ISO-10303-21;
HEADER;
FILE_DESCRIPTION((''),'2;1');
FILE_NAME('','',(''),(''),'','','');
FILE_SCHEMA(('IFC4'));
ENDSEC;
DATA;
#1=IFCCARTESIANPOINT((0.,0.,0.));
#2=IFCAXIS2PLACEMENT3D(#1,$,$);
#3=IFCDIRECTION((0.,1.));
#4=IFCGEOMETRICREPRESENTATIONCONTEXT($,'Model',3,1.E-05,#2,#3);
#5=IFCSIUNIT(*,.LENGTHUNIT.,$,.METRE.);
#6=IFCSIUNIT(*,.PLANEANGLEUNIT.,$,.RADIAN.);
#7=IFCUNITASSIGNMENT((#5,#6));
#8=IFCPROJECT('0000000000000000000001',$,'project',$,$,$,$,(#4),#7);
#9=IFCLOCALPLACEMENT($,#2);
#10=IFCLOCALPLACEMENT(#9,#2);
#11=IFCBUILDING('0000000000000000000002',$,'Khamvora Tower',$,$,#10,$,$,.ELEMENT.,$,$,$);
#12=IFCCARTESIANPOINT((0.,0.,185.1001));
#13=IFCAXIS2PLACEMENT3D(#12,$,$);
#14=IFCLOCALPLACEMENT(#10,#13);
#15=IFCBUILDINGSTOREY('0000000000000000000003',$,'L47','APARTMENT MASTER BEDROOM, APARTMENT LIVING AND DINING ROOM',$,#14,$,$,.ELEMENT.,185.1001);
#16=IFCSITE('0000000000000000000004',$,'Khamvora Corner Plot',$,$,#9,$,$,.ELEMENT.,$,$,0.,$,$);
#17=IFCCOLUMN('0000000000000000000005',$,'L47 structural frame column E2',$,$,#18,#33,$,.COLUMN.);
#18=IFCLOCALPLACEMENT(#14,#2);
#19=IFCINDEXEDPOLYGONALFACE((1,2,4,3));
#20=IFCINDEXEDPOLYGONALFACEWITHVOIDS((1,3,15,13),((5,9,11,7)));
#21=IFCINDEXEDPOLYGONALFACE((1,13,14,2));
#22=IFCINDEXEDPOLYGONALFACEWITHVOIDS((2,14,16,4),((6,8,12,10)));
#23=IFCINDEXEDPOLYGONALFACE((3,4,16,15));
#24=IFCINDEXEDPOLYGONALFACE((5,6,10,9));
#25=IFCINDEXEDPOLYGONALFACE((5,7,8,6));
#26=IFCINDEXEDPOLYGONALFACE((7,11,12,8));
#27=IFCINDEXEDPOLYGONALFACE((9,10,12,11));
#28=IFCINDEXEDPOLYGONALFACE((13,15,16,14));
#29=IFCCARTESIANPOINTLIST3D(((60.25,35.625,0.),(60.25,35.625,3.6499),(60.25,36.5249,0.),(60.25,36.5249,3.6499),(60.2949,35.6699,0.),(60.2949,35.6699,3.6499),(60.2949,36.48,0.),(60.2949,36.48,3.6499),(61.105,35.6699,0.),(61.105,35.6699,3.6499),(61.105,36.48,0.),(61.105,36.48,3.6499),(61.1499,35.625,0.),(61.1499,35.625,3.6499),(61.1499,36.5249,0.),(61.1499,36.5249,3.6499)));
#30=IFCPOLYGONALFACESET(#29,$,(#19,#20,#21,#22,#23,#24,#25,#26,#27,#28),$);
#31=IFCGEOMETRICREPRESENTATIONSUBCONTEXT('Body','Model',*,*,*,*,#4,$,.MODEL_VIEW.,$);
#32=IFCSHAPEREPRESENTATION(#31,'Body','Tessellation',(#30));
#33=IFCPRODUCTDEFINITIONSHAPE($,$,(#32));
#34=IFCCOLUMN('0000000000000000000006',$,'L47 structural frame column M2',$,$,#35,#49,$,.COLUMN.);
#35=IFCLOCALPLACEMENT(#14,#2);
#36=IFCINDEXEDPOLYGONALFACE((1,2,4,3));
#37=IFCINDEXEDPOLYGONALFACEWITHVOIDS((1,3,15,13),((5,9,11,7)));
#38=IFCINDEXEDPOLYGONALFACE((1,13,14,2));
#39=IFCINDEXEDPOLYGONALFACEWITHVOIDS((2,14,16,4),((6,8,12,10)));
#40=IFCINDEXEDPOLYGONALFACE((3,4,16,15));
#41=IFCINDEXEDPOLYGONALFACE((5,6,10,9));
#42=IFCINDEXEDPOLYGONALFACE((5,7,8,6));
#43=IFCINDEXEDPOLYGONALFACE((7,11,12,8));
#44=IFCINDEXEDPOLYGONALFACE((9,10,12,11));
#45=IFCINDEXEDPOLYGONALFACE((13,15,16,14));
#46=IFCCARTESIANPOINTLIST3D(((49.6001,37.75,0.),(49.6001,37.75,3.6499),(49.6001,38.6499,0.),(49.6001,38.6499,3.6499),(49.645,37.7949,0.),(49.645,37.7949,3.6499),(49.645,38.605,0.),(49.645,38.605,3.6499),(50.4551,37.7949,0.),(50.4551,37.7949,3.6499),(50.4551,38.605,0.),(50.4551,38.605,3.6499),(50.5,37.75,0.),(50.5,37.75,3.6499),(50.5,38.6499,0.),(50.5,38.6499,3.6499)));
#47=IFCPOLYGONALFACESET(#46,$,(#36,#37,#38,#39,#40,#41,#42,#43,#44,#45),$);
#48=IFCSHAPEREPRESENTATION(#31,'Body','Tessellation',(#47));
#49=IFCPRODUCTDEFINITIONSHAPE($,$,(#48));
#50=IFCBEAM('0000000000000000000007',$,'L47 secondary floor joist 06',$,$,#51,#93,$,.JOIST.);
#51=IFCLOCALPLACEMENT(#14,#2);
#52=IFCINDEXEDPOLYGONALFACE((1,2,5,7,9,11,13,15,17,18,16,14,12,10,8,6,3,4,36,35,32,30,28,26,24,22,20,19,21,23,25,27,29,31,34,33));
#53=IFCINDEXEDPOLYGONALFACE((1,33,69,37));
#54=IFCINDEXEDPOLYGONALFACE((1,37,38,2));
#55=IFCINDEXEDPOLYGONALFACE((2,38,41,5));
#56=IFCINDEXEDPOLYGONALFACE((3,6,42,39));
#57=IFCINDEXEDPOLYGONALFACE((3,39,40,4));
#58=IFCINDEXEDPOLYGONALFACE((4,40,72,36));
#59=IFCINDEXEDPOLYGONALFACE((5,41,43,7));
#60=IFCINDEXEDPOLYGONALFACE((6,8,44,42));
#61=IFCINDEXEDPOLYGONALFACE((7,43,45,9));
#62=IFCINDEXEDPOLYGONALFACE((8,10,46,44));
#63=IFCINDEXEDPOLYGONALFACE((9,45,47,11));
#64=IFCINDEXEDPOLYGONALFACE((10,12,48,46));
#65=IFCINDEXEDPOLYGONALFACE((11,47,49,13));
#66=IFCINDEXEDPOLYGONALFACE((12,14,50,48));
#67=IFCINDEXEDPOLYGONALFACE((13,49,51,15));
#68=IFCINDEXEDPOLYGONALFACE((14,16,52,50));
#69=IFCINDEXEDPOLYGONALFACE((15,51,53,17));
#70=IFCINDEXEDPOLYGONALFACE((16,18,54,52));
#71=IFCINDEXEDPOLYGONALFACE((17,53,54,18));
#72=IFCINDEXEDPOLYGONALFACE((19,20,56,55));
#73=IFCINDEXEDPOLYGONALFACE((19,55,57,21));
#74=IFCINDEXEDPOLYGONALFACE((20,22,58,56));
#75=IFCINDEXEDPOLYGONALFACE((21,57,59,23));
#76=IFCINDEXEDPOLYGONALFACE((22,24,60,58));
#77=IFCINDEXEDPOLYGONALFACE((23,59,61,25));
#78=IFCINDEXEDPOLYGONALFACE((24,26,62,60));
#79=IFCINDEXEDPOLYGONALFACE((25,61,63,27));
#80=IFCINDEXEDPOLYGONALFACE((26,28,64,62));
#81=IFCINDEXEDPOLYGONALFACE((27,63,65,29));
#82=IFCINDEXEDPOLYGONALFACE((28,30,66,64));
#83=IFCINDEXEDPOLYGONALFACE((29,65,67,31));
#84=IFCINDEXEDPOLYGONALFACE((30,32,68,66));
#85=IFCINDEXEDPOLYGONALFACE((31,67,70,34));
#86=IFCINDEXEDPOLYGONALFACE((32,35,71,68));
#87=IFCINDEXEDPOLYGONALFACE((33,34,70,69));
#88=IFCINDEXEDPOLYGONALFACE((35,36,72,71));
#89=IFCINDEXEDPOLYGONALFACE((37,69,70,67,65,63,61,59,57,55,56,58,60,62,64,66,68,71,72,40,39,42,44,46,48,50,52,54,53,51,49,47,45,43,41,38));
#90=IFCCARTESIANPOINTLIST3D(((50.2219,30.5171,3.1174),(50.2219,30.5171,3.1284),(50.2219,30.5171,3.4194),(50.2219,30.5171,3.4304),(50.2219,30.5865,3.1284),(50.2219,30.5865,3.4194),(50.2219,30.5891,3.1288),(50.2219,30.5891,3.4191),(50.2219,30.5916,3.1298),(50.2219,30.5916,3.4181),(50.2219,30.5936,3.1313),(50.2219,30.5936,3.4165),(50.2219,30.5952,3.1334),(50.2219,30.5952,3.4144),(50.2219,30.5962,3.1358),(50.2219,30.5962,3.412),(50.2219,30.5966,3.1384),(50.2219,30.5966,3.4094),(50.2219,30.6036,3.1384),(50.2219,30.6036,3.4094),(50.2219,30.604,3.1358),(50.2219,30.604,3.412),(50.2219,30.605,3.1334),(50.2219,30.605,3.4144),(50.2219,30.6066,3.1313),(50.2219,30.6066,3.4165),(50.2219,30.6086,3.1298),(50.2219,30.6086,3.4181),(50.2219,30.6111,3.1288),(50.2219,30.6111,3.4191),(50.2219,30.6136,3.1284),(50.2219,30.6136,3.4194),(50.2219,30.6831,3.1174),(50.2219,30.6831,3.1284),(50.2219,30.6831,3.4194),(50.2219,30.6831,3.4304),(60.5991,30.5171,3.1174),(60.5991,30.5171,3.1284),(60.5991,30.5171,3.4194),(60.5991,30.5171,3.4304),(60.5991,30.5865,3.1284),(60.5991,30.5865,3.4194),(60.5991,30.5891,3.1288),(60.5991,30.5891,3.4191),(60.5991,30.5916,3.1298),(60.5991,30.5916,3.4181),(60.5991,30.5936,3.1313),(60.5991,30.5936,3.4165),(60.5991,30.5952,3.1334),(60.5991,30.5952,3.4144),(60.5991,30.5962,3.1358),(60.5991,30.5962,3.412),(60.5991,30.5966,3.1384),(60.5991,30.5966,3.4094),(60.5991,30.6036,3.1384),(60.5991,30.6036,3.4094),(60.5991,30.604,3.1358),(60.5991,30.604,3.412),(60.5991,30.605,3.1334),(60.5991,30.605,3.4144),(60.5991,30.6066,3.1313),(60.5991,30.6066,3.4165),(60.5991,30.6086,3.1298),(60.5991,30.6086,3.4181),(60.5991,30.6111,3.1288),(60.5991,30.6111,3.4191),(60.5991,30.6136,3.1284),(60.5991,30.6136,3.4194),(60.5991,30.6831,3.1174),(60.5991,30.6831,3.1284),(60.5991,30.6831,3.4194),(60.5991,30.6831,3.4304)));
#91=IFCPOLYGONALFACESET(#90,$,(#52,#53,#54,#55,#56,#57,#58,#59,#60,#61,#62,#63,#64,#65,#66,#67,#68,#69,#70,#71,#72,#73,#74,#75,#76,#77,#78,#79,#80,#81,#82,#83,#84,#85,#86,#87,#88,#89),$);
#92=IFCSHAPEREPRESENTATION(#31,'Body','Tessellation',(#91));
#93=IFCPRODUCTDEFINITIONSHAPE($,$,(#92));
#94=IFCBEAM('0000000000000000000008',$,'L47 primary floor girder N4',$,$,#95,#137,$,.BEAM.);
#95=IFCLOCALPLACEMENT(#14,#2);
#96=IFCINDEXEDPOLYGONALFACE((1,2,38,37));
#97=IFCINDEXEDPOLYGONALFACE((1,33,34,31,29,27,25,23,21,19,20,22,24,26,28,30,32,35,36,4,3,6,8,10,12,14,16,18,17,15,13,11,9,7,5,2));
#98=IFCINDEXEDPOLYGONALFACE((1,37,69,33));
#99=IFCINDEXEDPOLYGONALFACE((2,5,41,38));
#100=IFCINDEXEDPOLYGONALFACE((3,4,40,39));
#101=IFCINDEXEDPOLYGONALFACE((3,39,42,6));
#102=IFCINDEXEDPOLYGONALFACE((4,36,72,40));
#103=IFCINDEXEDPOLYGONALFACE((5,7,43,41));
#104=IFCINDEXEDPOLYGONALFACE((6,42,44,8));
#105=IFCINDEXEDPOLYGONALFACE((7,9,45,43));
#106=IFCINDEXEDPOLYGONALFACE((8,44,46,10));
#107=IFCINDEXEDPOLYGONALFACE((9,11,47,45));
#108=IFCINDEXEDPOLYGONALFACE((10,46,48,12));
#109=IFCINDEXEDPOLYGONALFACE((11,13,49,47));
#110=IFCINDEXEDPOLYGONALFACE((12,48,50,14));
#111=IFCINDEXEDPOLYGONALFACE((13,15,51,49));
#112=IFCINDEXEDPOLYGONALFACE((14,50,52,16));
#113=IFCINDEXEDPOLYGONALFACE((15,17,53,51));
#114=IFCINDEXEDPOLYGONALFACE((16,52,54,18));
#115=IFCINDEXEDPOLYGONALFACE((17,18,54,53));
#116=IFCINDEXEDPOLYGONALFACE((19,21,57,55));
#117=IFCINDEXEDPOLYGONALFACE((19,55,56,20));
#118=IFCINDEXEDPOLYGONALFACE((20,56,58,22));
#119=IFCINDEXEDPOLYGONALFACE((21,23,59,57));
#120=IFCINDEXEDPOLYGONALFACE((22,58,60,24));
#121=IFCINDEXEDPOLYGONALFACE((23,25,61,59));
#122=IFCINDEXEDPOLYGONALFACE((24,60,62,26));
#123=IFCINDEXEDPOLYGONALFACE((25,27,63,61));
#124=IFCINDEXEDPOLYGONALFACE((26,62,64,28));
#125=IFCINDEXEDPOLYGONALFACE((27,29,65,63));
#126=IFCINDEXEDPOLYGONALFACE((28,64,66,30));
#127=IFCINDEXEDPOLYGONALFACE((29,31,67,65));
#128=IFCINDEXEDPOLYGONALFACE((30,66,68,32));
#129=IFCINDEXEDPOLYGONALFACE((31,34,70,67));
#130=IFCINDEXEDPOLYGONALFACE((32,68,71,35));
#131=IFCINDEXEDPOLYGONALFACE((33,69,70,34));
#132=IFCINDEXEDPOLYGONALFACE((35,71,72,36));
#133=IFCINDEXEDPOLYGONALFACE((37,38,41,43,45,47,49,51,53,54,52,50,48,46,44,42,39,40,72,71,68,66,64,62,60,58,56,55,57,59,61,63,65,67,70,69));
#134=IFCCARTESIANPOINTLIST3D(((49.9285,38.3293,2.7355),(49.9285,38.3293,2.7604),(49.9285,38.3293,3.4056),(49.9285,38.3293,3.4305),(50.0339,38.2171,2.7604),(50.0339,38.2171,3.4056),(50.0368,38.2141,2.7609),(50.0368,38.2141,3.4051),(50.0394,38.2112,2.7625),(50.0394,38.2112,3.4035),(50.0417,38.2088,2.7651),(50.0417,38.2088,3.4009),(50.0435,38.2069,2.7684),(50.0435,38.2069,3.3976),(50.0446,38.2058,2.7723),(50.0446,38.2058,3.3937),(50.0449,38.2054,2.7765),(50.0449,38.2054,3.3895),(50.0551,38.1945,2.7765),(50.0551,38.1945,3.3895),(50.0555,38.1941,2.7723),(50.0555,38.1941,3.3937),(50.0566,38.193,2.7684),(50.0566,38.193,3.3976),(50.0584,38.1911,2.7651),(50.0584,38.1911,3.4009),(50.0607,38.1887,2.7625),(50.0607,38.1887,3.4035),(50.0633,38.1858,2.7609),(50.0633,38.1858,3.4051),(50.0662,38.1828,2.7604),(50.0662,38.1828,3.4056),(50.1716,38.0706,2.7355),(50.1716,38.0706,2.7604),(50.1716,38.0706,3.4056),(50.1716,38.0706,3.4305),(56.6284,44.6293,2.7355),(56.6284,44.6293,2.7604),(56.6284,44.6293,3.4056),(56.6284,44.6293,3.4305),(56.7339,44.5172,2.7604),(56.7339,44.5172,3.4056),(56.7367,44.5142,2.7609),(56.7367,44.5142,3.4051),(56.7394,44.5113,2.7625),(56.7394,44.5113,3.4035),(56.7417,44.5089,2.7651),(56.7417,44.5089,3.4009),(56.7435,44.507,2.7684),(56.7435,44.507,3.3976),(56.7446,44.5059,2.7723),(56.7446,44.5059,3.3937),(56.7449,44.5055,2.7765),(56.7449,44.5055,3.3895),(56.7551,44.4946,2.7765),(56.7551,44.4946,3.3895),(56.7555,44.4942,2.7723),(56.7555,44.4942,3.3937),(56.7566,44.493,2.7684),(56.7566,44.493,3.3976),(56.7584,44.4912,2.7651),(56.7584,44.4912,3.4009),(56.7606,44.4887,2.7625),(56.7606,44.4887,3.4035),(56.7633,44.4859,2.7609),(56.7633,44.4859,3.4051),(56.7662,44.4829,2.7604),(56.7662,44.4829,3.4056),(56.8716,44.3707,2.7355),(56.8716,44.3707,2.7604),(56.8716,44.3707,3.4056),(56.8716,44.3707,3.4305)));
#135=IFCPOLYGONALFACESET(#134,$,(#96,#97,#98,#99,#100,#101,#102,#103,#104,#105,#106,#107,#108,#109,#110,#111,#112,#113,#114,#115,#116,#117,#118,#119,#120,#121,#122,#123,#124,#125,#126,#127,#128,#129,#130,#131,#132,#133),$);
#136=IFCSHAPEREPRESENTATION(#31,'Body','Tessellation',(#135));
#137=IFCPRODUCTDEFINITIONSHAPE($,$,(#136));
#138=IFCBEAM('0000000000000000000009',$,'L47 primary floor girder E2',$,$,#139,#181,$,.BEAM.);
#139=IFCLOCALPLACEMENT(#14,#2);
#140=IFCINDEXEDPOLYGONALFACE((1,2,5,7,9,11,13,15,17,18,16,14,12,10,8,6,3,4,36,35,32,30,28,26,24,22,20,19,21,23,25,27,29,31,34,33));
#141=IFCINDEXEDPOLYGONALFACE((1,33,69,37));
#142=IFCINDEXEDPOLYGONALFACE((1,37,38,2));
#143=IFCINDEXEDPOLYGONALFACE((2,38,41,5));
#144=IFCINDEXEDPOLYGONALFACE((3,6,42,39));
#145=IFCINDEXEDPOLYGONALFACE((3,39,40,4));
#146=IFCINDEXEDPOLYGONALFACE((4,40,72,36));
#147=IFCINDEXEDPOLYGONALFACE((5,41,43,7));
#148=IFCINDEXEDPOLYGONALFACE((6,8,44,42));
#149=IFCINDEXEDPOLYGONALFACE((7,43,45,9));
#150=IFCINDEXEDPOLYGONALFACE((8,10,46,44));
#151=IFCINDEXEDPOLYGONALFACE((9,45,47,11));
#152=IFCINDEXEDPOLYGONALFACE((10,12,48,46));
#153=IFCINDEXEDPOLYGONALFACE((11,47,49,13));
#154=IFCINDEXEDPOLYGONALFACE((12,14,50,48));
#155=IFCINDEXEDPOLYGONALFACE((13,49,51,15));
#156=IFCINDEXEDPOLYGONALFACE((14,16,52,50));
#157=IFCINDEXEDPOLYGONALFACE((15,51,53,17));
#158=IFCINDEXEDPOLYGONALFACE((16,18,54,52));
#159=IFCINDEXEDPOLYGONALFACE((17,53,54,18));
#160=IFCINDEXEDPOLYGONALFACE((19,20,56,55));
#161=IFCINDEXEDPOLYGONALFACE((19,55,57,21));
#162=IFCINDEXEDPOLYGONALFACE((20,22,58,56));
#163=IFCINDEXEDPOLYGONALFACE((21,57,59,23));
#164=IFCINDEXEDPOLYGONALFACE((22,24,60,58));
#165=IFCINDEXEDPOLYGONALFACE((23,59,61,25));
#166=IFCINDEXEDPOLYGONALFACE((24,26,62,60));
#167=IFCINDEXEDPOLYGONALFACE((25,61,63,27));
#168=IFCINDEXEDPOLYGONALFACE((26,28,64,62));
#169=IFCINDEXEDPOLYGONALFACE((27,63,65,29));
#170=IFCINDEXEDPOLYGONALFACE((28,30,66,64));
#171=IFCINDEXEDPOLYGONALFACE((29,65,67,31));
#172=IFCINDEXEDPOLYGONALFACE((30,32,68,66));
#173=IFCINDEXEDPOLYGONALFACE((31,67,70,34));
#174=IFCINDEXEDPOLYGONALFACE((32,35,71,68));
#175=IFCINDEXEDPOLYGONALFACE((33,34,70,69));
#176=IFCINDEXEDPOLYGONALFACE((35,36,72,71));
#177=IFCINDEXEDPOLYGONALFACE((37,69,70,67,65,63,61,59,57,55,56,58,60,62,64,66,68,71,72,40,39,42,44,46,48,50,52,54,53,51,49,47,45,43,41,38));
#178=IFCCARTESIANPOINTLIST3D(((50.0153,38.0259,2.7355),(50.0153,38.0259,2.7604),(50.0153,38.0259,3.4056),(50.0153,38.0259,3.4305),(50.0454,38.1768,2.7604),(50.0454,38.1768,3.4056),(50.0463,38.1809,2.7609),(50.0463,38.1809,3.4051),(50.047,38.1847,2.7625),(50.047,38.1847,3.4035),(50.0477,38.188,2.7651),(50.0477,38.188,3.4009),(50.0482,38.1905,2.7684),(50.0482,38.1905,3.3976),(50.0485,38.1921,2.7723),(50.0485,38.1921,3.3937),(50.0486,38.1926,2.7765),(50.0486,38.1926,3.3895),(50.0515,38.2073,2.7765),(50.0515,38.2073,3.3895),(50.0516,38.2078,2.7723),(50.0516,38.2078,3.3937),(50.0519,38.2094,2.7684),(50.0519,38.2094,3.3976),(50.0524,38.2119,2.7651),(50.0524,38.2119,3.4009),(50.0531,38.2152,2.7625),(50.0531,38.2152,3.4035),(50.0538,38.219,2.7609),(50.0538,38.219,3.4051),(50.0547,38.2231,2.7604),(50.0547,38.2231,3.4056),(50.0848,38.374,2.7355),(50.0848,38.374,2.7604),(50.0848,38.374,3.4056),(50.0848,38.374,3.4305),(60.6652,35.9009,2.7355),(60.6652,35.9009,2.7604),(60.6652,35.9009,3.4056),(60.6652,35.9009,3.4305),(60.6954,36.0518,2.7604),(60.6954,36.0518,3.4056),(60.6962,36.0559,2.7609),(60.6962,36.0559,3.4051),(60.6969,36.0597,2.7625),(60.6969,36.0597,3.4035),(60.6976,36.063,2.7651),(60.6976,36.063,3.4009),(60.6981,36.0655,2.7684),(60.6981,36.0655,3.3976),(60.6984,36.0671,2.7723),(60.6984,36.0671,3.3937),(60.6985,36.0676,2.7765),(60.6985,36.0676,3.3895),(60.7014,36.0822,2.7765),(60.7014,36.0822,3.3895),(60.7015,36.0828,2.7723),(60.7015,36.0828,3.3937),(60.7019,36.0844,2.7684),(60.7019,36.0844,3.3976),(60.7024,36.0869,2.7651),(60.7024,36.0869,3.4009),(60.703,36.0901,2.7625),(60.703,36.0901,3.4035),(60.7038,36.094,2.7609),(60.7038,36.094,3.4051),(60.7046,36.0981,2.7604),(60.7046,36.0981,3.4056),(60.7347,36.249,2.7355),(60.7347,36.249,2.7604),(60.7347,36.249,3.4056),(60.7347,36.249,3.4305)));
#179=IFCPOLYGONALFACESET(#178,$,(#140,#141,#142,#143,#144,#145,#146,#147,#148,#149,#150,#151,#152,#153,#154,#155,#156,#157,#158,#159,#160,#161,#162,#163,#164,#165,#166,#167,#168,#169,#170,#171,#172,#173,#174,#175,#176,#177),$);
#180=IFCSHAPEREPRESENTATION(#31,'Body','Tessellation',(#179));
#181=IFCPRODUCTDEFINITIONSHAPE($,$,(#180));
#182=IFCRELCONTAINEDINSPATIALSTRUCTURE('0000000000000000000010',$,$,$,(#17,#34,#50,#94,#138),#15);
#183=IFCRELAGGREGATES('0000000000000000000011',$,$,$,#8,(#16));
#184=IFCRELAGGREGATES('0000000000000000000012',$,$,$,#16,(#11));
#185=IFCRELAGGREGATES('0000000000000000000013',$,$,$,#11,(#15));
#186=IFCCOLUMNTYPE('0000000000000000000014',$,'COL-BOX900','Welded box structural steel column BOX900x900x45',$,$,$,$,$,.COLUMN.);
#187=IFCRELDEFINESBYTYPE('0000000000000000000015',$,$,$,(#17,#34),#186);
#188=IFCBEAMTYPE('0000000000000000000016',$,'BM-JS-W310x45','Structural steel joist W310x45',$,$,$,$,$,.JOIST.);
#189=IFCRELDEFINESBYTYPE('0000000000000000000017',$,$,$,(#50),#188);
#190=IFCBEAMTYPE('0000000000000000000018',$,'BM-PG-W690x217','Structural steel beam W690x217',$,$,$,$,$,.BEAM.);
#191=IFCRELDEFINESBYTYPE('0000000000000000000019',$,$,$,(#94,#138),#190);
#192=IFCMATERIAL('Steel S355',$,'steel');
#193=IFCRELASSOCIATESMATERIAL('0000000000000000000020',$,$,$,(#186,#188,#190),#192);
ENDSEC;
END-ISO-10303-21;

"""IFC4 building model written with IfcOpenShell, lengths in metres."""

from ifc_helpers import new_model, si_unit, direction, frame, origin, origin_2d, place, context, subcontext, project, spatial, hollow_rectangle, i_section, extrude, material, material_profile, profile_set, type_object, element, save


model = new_model("IFC4")

# Units and contexts
model_context = context("Model", 3, precision=1e-05, world=origin(), true_north=direction((0.0, 1.0)))
body_context = subcontext(model_context, "Body", "Model", "MODEL_VIEW")
ifc_project = project(units=[si_unit("LENGTHUNIT", "METRE"), si_unit("PLANEANGLEUNIT", "RADIAN")], contexts=[model_context])

# Site, building, storey
site_placement = place(None, origin())
site = spatial("IfcSite", under=ifc_project, at=site_placement, Name="Khamvora Corner Plot", CompositionType="ELEMENT", RefElevation=0.0)
building_placement = place(site_placement, origin())
building = spatial("IfcBuilding", under=site, at=building_placement, Name="Khamvora Tower", CompositionType="ELEMENT")
storey_placement = place(building_placement, frame((0.0, 0.0, 185.1001)))
storey = spatial("IfcBuildingStorey", under=building, at=storey_placement, Name="L47", Description="APARTMENT MASTER BEDROOM, APARTMENT LIVING AND DINING ROOM", CompositionType="ELEMENT", Elevation=185.1001)

# Columns
ifc_material_1 = material(Name="Steel S355", Category="steel")
ifc_material_profile_1 = material_profile(ifc_material_1, hollow_rectangle(XDim=0.8999, YDim=0.8999, WallThickness=0.0449, at=origin_2d()), Name="BOX900x900x45")
ifc_profile_set_1 = profile_set([ifc_material_profile_1], Name="Steel S355")
column_type = type_object("IfcColumnType", Name="COL-BOX900", Description="Welded box structural steel column BOX900x900x45", PredefinedType="COLUMN", material=ifc_profile_set_1)
for number, where, z_axis, x_axis, name in (
    (1, (60.7, 36.075, 0.0), (0.0, 0.0, 1.0), (1.0, 0.0, 0.0), "L47 structural frame column E2"),
    (2, (50.05, 38.2, 0.0), (0.0, 0.0, 1.0), (1.0, 0.0, 0.0), "L47 structural frame column M2"),
):
    element("IfcColumn", number, at=place(storey_placement, frame(where, z_axis=z_axis, x_axis=x_axis)), inside=storey, type_object=column_type, Name=name, PredefinedType="COLUMN", context=body_context, shape_type="SweptSolid", body=[
        extrude(hollow_rectangle(XDim=0.8999, YDim=0.8999, WallThickness=0.0449, at=origin_2d()), origin(), (0.0, 0.0, 1.0), 3.6499),
    ])

# Beams
ifc_material_profile_2 = material_profile(ifc_material_1, i_section(OverallWidth=0.166, OverallDepth=0.313, WebThickness=0.0071, FlangeThickness=0.011, FilletRadius=0.01, at=origin_2d()), Name="W310x45")
ifc_profile_set_2 = profile_set([ifc_material_profile_2], Name="Steel S355")
beam_type_1 = type_object("IfcBeamType", Name="BM-JS-W310x45", Description="Structural steel joist W310x45", PredefinedType="JOIST", material=ifc_profile_set_2)
beam_1_placement = place(storey_placement, frame((50.2219, 30.6001, 3.2739), z_axis=(1.0, 0.0, 0.0), x_axis=(0.0, 1.0, 0.0)))
element("IfcBeam", 3, at=beam_1_placement, inside=storey, type_object=beam_type_1, Name="L47 secondary floor joist 06", PredefinedType="JOIST", context=body_context, shape_type="SweptSolid", body=[
    extrude(i_section(OverallWidth=0.166, OverallDepth=0.313, WebThickness=0.0071, FlangeThickness=0.011, FilletRadius=0.01, at=origin_2d()), origin(), (0.0, 0.0, 1.0), 10.3772),
])
ifc_material_profile_3 = material_profile(ifc_material_1, i_section(OverallWidth=0.355, OverallDepth=0.6951, WebThickness=0.0149, FlangeThickness=0.0249, FilletRadius=0.0161, at=origin_2d()), Name="W690x217")
ifc_profile_set_3 = profile_set([ifc_material_profile_3], Name="Steel S355")
beam_type_2 = type_object("IfcBeamType", Name="BM-PG-W690x217", Description="Structural steel beam W690x217", PredefinedType="BEAM", material=ifc_profile_set_3)
beam_2_placement = place(storey_placement, frame((50.05, 38.2, 3.083), z_axis=(0.728514, 0.685031, 0.0), x_axis=(-0.685031, 0.728514, 0.0)))
element("IfcBeam", 4, at=beam_2_placement, inside=storey, type_object=beam_type_2, Name="L47 primary floor girder N4", PredefinedType="BEAM", context=body_context, shape_type="SweptSolid", body=[
    extrude(i_section(OverallWidth=0.355, OverallDepth=0.6951, WebThickness=0.0149, FlangeThickness=0.0249, FilletRadius=0.0161, at=origin_2d()), origin(), (0.0, 0.0, 1.0), 9.1968),
])
beam_3_placement = place(storey_placement, frame((50.05, 38.2, 3.083), z_axis=(0.980669, -0.195675, 0.0), x_axis=(0.195675, 0.980669, 0.0)))
element("IfcBeam", 5, at=beam_3_placement, inside=storey, type_object=beam_type_2, Name="L47 primary floor girder E2", PredefinedType="BEAM", context=body_context, shape_type="SweptSolid", body=[
    extrude(i_section(OverallWidth=0.355, OverallDepth=0.6951, WebThickness=0.0149, FlangeThickness=0.0249, FilletRadius=0.0161, at=origin_2d()), origin(), (0.0, 0.0, 1.0), 10.8599),
])

save(model, "model.ifc")
